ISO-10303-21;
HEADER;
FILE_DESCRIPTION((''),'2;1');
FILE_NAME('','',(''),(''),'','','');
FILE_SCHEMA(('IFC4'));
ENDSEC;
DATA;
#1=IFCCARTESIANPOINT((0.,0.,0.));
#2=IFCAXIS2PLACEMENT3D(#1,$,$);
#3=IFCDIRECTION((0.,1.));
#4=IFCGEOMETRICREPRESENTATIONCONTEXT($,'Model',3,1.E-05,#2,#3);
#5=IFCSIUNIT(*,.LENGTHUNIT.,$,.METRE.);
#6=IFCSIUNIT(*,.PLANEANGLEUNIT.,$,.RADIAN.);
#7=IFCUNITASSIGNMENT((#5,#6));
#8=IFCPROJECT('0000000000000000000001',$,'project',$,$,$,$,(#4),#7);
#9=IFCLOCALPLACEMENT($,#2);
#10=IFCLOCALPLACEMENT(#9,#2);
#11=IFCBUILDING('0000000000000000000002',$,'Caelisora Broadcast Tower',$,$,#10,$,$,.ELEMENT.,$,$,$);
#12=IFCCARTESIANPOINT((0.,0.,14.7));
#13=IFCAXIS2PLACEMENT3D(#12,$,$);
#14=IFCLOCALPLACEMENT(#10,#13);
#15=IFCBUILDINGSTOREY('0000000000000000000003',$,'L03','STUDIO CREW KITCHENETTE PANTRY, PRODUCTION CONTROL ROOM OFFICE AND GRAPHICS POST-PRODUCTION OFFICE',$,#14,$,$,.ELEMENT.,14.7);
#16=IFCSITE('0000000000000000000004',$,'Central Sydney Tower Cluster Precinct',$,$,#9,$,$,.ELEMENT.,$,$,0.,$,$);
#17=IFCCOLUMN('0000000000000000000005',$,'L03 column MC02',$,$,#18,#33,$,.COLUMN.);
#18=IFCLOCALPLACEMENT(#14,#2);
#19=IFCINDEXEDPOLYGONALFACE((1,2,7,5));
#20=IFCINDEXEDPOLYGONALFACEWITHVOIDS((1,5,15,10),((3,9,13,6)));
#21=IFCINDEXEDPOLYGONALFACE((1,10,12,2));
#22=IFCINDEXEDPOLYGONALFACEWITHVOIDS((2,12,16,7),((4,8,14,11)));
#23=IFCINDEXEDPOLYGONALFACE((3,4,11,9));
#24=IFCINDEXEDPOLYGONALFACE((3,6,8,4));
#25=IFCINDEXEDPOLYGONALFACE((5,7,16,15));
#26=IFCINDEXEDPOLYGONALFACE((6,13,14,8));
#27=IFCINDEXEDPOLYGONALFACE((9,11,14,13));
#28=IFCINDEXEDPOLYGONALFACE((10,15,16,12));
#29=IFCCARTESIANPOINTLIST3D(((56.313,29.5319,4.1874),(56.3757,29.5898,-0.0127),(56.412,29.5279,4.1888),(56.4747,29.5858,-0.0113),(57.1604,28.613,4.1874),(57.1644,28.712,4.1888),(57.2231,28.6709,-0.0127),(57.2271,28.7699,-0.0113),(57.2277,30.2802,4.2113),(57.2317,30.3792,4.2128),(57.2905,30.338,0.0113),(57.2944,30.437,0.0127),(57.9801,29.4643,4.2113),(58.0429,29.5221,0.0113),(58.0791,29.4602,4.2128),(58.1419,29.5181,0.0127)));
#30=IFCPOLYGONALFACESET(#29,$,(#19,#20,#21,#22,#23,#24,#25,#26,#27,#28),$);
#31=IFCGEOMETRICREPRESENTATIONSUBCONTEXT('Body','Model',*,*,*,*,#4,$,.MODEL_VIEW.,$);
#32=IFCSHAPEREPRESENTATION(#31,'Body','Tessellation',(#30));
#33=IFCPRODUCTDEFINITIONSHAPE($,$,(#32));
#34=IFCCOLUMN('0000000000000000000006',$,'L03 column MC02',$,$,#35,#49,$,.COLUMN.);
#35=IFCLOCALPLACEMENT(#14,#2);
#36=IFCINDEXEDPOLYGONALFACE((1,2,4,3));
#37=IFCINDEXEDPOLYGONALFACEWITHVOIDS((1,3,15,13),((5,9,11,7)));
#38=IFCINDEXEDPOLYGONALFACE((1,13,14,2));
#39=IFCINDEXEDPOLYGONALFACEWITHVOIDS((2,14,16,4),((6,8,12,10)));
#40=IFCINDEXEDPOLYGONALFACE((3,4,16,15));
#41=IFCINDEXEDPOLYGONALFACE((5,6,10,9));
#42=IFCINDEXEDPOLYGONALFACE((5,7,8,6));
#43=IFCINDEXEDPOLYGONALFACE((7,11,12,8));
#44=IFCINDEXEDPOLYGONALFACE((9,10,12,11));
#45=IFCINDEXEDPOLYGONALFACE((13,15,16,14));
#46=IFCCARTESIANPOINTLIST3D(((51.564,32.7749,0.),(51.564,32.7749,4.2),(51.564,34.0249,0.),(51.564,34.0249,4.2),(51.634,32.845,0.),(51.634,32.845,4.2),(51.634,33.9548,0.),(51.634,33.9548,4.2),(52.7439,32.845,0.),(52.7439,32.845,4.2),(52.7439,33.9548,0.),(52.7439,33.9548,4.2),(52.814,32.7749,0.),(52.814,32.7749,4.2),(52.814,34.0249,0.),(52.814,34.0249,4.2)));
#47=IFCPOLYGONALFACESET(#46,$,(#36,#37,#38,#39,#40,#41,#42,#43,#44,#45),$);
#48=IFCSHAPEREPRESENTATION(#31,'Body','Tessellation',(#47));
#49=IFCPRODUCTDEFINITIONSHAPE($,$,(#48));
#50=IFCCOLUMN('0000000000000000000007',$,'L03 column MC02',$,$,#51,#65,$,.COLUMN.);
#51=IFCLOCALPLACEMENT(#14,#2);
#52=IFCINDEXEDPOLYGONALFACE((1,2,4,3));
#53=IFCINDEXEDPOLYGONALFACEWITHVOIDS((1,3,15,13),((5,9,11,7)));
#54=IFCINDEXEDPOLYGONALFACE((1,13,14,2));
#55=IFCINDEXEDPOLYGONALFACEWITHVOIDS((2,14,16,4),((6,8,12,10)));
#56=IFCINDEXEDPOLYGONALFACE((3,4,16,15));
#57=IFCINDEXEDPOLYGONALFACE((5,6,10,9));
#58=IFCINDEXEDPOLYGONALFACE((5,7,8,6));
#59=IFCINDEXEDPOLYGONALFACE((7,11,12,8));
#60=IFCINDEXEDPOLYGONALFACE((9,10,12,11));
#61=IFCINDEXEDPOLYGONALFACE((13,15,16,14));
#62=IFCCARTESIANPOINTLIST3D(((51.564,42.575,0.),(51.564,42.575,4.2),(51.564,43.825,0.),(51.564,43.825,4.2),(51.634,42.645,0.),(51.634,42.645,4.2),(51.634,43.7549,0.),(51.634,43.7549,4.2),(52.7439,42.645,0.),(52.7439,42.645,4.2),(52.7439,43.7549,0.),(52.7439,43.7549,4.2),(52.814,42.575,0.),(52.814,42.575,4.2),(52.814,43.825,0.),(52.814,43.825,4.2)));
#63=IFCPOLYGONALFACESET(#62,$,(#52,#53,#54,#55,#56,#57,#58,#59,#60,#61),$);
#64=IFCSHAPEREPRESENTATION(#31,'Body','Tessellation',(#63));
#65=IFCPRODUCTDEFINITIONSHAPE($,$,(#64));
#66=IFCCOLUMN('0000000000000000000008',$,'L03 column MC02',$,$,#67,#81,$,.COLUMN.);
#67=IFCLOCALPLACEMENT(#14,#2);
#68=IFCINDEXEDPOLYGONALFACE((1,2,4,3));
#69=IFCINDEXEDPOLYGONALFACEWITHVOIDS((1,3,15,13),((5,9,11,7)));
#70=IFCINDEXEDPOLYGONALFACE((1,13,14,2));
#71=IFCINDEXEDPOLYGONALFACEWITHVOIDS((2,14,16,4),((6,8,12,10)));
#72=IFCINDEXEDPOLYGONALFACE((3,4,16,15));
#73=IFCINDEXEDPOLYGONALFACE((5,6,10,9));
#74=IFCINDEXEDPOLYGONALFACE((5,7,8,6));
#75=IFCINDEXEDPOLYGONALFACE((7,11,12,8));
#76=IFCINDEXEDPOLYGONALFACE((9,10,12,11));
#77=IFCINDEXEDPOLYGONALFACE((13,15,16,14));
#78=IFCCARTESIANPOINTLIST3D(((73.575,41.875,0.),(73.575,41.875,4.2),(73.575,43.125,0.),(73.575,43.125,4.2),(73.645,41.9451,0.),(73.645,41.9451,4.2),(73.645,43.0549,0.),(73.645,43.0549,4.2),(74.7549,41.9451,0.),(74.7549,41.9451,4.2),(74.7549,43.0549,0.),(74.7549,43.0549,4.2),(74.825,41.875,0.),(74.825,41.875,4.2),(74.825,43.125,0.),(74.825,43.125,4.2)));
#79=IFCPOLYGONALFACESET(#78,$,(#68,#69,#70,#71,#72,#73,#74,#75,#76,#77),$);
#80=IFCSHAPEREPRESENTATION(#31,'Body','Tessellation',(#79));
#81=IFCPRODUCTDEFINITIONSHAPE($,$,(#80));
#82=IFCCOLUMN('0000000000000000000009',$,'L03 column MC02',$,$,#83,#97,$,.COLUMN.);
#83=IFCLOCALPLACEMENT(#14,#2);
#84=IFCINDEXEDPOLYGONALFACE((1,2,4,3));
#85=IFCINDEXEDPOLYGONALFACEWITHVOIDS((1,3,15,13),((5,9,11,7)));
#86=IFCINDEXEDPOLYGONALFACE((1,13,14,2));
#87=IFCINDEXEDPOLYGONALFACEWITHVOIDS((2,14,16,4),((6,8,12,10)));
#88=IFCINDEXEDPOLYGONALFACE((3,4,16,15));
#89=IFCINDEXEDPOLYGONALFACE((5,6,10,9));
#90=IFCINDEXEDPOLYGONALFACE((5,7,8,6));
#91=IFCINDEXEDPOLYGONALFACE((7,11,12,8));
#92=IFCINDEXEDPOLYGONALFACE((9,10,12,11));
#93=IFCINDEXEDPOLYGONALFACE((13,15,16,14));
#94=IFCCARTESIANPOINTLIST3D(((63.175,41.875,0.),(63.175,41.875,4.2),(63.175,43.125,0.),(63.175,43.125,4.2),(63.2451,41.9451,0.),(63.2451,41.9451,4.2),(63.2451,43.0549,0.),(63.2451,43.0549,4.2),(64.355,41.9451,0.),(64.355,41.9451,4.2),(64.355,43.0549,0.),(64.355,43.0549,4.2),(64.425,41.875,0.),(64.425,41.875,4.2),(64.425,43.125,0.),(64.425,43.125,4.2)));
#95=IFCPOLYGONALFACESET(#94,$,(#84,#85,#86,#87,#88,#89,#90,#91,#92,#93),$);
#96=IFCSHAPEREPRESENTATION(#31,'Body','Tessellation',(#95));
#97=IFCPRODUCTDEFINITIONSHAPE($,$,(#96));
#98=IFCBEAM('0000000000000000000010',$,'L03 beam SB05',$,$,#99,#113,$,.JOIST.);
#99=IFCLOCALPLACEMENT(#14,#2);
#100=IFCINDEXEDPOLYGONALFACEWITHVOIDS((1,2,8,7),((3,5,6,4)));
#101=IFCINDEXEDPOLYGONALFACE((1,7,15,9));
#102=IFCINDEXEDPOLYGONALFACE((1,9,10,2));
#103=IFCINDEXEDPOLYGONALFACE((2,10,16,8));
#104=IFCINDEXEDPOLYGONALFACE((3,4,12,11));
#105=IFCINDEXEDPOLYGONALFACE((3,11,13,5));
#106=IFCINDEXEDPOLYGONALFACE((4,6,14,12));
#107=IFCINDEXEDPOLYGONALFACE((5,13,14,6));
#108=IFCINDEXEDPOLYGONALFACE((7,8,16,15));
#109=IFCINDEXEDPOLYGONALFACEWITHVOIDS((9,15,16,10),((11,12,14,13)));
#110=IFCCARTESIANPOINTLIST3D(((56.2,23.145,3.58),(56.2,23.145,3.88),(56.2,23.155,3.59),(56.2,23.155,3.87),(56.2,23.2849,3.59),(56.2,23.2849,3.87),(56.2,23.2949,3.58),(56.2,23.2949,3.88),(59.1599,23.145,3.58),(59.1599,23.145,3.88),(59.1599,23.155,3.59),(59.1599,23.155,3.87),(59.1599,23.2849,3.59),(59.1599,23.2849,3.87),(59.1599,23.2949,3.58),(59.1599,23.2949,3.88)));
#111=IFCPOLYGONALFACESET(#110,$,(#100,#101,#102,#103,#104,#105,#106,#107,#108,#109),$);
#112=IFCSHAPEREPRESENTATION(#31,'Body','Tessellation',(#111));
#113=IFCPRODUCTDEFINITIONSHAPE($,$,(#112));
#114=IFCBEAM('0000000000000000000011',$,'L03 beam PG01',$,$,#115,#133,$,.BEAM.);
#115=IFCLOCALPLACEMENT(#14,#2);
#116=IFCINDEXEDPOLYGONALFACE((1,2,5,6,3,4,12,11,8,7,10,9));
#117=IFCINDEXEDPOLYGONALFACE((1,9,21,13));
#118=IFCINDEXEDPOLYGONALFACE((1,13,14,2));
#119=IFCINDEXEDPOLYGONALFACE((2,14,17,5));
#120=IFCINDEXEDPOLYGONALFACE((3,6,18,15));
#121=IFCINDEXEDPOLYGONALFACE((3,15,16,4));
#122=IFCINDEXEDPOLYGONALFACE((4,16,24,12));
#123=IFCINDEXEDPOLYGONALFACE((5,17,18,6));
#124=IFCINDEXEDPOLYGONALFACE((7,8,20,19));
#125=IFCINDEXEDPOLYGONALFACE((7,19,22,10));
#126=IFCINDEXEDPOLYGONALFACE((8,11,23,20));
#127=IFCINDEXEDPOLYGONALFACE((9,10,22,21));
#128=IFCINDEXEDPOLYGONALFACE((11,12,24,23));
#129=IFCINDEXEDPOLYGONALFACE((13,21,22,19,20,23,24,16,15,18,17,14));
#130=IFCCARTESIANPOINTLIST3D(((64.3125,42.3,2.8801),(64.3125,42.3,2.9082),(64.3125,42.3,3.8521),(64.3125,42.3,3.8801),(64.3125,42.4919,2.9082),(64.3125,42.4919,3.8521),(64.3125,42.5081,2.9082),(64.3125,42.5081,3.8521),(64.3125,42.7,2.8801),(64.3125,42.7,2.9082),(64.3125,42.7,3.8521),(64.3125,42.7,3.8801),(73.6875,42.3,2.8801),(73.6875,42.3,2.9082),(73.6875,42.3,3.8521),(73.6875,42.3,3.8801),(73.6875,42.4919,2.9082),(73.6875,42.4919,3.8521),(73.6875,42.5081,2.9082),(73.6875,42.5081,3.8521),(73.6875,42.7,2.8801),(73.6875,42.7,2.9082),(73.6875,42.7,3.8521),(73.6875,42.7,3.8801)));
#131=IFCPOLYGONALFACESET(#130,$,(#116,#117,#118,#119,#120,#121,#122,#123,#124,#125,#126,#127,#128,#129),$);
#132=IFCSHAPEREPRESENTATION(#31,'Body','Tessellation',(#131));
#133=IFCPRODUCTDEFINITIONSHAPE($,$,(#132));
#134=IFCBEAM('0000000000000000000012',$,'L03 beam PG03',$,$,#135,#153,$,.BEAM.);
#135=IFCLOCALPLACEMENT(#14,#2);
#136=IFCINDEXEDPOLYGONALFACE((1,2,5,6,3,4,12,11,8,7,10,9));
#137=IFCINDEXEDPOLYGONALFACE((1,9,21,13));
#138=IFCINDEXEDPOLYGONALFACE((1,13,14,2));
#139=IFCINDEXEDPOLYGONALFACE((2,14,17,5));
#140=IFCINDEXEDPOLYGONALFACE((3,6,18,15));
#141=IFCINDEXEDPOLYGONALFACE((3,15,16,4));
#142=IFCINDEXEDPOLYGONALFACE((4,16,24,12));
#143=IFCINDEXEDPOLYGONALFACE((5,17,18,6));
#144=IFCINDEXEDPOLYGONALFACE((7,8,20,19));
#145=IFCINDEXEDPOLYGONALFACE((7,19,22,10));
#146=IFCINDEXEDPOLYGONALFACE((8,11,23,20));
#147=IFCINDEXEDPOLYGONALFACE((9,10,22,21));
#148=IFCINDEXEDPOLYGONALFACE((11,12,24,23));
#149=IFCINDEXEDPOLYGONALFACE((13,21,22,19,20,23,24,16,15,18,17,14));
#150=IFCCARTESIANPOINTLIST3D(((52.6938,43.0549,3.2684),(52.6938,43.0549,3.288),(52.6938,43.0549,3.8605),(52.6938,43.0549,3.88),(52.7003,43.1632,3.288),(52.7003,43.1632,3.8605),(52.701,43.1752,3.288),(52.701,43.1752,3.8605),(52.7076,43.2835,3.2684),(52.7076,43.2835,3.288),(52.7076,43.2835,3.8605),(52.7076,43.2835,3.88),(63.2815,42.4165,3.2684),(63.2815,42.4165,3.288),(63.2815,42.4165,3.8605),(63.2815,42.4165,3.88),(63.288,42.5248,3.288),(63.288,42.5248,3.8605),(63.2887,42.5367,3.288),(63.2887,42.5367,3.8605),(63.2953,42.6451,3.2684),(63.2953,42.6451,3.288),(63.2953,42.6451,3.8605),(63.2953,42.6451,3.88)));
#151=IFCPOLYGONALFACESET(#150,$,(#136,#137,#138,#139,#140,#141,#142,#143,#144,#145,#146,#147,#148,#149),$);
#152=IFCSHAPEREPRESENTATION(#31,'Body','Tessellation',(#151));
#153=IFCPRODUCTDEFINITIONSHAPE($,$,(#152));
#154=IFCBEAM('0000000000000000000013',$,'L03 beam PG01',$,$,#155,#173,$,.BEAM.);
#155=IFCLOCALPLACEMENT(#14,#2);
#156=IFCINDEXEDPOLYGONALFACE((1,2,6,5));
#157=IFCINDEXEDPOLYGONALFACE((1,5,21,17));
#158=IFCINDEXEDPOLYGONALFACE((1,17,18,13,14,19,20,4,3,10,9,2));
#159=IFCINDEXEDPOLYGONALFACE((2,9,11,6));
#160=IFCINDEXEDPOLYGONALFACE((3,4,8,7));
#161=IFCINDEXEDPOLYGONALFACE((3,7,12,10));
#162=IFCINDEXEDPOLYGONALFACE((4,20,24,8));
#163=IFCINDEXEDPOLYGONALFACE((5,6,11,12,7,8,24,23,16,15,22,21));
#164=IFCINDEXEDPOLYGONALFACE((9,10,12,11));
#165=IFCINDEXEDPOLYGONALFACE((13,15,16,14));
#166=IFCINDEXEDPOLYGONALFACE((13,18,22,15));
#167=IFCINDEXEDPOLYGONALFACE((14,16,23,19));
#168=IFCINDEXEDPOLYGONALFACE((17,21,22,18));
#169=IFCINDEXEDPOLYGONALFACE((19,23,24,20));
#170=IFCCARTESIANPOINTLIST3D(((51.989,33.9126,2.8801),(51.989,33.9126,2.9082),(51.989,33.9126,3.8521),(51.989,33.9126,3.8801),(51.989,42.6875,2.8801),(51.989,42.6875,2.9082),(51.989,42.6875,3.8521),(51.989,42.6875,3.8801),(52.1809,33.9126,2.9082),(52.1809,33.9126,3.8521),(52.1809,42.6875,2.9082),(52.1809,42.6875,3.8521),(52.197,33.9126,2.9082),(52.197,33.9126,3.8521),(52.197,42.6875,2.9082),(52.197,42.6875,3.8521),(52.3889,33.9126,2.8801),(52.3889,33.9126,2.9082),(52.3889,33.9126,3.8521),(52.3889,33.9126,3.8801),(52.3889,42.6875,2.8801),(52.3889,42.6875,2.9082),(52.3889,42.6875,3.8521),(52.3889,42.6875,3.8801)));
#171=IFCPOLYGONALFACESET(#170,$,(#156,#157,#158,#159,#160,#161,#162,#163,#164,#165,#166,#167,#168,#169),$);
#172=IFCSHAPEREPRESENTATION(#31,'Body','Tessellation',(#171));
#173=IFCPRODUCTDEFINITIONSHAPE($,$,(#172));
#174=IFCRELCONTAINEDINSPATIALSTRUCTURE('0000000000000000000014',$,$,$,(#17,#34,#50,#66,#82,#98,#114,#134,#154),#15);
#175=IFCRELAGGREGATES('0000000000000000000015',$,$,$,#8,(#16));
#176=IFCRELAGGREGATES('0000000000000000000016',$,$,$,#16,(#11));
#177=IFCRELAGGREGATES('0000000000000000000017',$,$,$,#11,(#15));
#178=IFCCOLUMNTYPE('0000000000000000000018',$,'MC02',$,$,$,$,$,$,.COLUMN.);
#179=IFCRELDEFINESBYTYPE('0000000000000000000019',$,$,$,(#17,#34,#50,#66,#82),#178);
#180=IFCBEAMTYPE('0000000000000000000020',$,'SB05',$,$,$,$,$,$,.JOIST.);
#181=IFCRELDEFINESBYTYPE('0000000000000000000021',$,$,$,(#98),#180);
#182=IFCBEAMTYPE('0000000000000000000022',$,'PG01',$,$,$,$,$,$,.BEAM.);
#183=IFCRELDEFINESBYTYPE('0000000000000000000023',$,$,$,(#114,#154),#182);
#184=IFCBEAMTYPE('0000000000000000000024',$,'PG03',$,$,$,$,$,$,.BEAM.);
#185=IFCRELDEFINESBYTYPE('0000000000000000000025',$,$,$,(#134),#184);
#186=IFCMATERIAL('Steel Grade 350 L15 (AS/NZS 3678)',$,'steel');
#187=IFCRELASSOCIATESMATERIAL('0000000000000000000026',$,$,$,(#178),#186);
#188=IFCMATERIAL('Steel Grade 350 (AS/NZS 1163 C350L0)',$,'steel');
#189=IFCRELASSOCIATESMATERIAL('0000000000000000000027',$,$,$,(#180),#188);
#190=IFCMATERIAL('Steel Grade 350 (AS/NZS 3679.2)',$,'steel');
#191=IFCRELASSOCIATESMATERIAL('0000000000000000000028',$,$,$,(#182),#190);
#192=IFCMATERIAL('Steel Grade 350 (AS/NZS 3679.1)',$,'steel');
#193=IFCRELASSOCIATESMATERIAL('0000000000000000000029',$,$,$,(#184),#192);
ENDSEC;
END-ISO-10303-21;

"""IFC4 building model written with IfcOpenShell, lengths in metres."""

from ifc_helpers import new_model, si_unit, direction, frame, origin, origin_2d, place, context, subcontext, project, spatial, hollow_rectangle, i_section, extrude, source, transform, mapped, material, material_profile, profile_set, type_object, type_shapes, element, save


model = new_model("IFC4")

# Units and contexts
model_context = context("Model", 3, precision=1e-05, world=origin(), true_north=direction((0.0, 1.0)))
body_context = subcontext(model_context, "Body", "Model", "MODEL_VIEW")
ifc_project = project(units=[si_unit("LENGTHUNIT", "METRE"), si_unit("PLANEANGLEUNIT", "RADIAN")], contexts=[model_context])

# Site, building, storey
site_placement = place(None, origin())
site = spatial("IfcSite", under=ifc_project, at=site_placement, Name="Central Sydney Tower Cluster Precinct", CompositionType="ELEMENT", RefElevation=0.0)
building_placement = place(site_placement, origin())
building = spatial("IfcBuilding", under=site, at=building_placement, Name="Caelisora Broadcast Tower", CompositionType="ELEMENT")
storey_placement = place(building_placement, frame((0.0, 0.0, 14.7)))
storey = spatial("IfcBuildingStorey", under=building, at=storey_placement, Name="L03", Description="STUDIO CREW KITCHENETTE PANTRY, PRODUCTION CONTROL ROOM OFFICE AND GRAPHICS POST-PRODUCTION OFFICE", CompositionType="ELEMENT", Elevation=14.7)

# Columns
ifc_material_1 = material(Name="Steel Grade 350 L15 (AS/NZS 3678)", Category="steel")
ifc_material_profile_1 = material_profile(ifc_material_1, hollow_rectangle(XDim=1.25, YDim=1.25, WallThickness=0.0701, at=origin_2d()), Name="Steel Grade 350 L15 (AS/NZS 3678)")
ifc_profile_set_1 = profile_set([ifc_material_profile_1], Name="Steel Grade 350 L15 (AS/NZS 3678)")
column_type = type_object("IfcColumnType", Name="MC02", PredefinedType="COLUMN", material=ifc_profile_set_1)
shared_shape_1 = source(origin(), body_context, "Body", "SweptSolid", [
    extrude(hollow_rectangle(XDim=1.25, YDim=1.25, WallThickness=0.0701, at=origin_2d()), origin(), (0.0, 0.0, 1.0), 4.2009),
])
column_placement = place(storey_placement, frame((57.2588, 29.554, 0.0), z_axis=(-0.014936, -0.013774, 0.999794), x_axis=(0.677924, -0.735132, 0.0)))
element("IfcColumn", 1, at=column_placement, inside=storey, type_object=column_type, Name="L03 column MC02", PredefinedType="COLUMN", context=body_context, shape_type="MappedRepresentation", body=[
    mapped(shared_shape_1, transform((0.0, 0.0, 0.0), scale=1.0)),
])
shared_shape_2 = source(origin(), body_context, "Body", "SweptSolid", [
    extrude(hollow_rectangle(XDim=1.25, YDim=1.25, WallThickness=0.0701, at=origin_2d()), origin(), (0.0, 0.0, 1.0), 4.2),
])
type_shapes(column_type, [shared_shape_1, shared_shape_2])
for number, where, z_axis, x_axis, name in (
    (2, (52.189, 33.3999, 0.0), (0.0, 0.0, 1.0), (1.0, 0.0, 0.0), "L03 column MC02"),
    (3, (52.189, 43.2, 0.0), (0.0, 0.0, 1.0), (1.0, 0.0, 0.0), "L03 column MC02"),
    (4, (74.2, 42.5, 0.0), (0.0, 0.0, 1.0), (1.0, 0.0, 0.0), "L03 column MC02"),
    (5, (63.8, 42.5, 0.0), (0.0, 0.0, 1.0), (1.0, 0.0, 0.0), "L03 column MC02"),
):
    element("IfcColumn", number, at=place(storey_placement, frame(where, z_axis=z_axis, x_axis=x_axis)), inside=storey, type_object=column_type, Name=name, PredefinedType="COLUMN", context=body_context, shape_type="MappedRepresentation", body=[
        mapped(shared_shape_2, transform((0.0, 0.0, 0.0), scale=1.0)),
    ])

# Beams
ifc_material_2 = material(Name="Steel Grade 350 (AS/NZS 1163 C350L0)", Category="steel")
ifc_material_profile_2 = material_profile(ifc_material_2, hollow_rectangle(XDim=0.1499, YDim=0.3, WallThickness=0.01, at=origin_2d()), Name="Steel Grade 350 (AS/NZS 1163 C350L0)")
ifc_profile_set_2 = profile_set([ifc_material_profile_2], Name="Steel Grade 350 (AS/NZS 1163 C350L0)")
beam_type_1 = type_object("IfcBeamType", Name="SB05", PredefinedType="JOIST", material=ifc_profile_set_2)
shared_shape_3 = source(origin(), body_context, "Body", "SweptSolid", [
    extrude(hollow_rectangle(XDim=0.1499, YDim=0.3, WallThickness=0.01, at=origin_2d()), origin(), (0.0, 0.0, 1.0), 2.96),
])
type_shapes(beam_type_1, [shared_shape_3])
beam_1_placement = place(storey_placement, frame((56.2, 23.22, 3.73), z_axis=(1.0, 0.0, 0.0), x_axis=(0.0, 1.0, 0.0)))
element("IfcBeam", 6, at=beam_1_placement, inside=storey, type_object=beam_type_1, Name="L03 beam SB05", PredefinedType="JOIST", context=body_context, shape_type="MappedRepresentation", body=[
    mapped(shared_shape_3, transform((0.0, 0.0, 0.0), scale=1.0)),
])
ifc_material_3 = material(Name="Steel Grade 350 (AS/NZS 3679.2)", Category="steel")
ifc_material_profile_3 = material_profile(ifc_material_3, i_section(OverallWidth=0.3999, OverallDepth=1.0, WebThickness=0.0161, FlangeThickness=0.0281, at=origin_2d()), Name="Steel Grade 350 (AS/NZS 3679.2)")
ifc_profile_set_3 = profile_set([ifc_material_profile_3], Name="Steel Grade 350 (AS/NZS 3679.2)")
beam_type_2 = type_object("IfcBeamType", Name="PG01", PredefinedType="BEAM", material=ifc_profile_set_3)
shared_shape_4 = source(origin(), body_context, "Body", "SweptSolid", [
    extrude(i_section(OverallWidth=0.3999, OverallDepth=1.0, WebThickness=0.0161, FlangeThickness=0.0281, at=origin_2d()), origin(), (0.0, 0.0, 1.0), 9.375),
])
beam_2_placement = place(storey_placement, frame((64.3125, 42.5, 3.3801), z_axis=(1.0, 0.0, 0.0), x_axis=(0.0, 1.0, 0.0)))
element("IfcBeam", 7, at=beam_2_placement, inside=storey, type_object=beam_type_2, Name="L03 beam PG01", PredefinedType="BEAM", context=body_context, shape_type="MappedRepresentation", body=[
    mapped(shared_shape_4, transform((0.0, 0.0, 0.0), scale=1.0)),
])
ifc_material_4 = material(Name="Steel Grade 350 (AS/NZS 3679.1)", Category="steel")
ifc_material_profile_4 = material_profile(ifc_material_4, i_section(OverallWidth=0.229, OverallDepth=0.6116, WebThickness=0.012, FlangeThickness=0.0195, at=origin_2d()), Name="Steel Grade 350 (AS/NZS 3679.1)")
ifc_profile_set_4 = profile_set([ifc_material_profile_4], Name="Steel Grade 350 (AS/NZS 3679.1)")
beam_type_3 = type_object("IfcBeamType", Name="PG03", PredefinedType="BEAM", material=ifc_profile_set_4)
shared_shape_5 = source(origin(), body_context, "Body", "SweptSolid", [
    extrude(i_section(OverallWidth=0.229, OverallDepth=0.6116, WebThickness=0.012, FlangeThickness=0.0195, at=origin_2d()), origin(), (0.0, 0.0, 1.0), 10.6069),
])
type_shapes(beam_type_3, [shared_shape_5])
beam_3_placement = place(storey_placement, frame((52.7007, 43.1692, 3.5742), z_axis=(0.998187, -0.06019, 0.0), x_axis=(0.06019, 0.998187, 0.0)))
element("IfcBeam", 8, at=beam_3_placement, inside=storey, type_object=beam_type_3, Name="L03 beam PG03", PredefinedType="BEAM", context=body_context, shape_type="MappedRepresentation", body=[
    mapped(shared_shape_5, transform((0.0, 0.0, 0.0), scale=1.0)),
])
shared_shape_6 = source(origin(), body_context, "Body", "SweptSolid", [
    extrude(i_section(OverallWidth=0.3999, OverallDepth=1.0, WebThickness=0.0161, FlangeThickness=0.0281, at=origin_2d()), origin(), (0.0, 0.0, 1.0), 8.7749),
])
beam_4_placement = place(storey_placement, frame((52.189, 33.9126, 3.3801), z_axis=(0.0, 1.0, 0.0), x_axis=(-1.0, 0.0, 0.0)))
element("IfcBeam", 9, at=beam_4_placement, inside=storey, type_object=beam_type_2, Name="L03 beam PG01", PredefinedType="BEAM", context=body_context, shape_type="MappedRepresentation", body=[
    mapped(shared_shape_6, transform((0.0, 0.0, 0.0), scale=1.0)),
])

save(model, "model.ifc")
